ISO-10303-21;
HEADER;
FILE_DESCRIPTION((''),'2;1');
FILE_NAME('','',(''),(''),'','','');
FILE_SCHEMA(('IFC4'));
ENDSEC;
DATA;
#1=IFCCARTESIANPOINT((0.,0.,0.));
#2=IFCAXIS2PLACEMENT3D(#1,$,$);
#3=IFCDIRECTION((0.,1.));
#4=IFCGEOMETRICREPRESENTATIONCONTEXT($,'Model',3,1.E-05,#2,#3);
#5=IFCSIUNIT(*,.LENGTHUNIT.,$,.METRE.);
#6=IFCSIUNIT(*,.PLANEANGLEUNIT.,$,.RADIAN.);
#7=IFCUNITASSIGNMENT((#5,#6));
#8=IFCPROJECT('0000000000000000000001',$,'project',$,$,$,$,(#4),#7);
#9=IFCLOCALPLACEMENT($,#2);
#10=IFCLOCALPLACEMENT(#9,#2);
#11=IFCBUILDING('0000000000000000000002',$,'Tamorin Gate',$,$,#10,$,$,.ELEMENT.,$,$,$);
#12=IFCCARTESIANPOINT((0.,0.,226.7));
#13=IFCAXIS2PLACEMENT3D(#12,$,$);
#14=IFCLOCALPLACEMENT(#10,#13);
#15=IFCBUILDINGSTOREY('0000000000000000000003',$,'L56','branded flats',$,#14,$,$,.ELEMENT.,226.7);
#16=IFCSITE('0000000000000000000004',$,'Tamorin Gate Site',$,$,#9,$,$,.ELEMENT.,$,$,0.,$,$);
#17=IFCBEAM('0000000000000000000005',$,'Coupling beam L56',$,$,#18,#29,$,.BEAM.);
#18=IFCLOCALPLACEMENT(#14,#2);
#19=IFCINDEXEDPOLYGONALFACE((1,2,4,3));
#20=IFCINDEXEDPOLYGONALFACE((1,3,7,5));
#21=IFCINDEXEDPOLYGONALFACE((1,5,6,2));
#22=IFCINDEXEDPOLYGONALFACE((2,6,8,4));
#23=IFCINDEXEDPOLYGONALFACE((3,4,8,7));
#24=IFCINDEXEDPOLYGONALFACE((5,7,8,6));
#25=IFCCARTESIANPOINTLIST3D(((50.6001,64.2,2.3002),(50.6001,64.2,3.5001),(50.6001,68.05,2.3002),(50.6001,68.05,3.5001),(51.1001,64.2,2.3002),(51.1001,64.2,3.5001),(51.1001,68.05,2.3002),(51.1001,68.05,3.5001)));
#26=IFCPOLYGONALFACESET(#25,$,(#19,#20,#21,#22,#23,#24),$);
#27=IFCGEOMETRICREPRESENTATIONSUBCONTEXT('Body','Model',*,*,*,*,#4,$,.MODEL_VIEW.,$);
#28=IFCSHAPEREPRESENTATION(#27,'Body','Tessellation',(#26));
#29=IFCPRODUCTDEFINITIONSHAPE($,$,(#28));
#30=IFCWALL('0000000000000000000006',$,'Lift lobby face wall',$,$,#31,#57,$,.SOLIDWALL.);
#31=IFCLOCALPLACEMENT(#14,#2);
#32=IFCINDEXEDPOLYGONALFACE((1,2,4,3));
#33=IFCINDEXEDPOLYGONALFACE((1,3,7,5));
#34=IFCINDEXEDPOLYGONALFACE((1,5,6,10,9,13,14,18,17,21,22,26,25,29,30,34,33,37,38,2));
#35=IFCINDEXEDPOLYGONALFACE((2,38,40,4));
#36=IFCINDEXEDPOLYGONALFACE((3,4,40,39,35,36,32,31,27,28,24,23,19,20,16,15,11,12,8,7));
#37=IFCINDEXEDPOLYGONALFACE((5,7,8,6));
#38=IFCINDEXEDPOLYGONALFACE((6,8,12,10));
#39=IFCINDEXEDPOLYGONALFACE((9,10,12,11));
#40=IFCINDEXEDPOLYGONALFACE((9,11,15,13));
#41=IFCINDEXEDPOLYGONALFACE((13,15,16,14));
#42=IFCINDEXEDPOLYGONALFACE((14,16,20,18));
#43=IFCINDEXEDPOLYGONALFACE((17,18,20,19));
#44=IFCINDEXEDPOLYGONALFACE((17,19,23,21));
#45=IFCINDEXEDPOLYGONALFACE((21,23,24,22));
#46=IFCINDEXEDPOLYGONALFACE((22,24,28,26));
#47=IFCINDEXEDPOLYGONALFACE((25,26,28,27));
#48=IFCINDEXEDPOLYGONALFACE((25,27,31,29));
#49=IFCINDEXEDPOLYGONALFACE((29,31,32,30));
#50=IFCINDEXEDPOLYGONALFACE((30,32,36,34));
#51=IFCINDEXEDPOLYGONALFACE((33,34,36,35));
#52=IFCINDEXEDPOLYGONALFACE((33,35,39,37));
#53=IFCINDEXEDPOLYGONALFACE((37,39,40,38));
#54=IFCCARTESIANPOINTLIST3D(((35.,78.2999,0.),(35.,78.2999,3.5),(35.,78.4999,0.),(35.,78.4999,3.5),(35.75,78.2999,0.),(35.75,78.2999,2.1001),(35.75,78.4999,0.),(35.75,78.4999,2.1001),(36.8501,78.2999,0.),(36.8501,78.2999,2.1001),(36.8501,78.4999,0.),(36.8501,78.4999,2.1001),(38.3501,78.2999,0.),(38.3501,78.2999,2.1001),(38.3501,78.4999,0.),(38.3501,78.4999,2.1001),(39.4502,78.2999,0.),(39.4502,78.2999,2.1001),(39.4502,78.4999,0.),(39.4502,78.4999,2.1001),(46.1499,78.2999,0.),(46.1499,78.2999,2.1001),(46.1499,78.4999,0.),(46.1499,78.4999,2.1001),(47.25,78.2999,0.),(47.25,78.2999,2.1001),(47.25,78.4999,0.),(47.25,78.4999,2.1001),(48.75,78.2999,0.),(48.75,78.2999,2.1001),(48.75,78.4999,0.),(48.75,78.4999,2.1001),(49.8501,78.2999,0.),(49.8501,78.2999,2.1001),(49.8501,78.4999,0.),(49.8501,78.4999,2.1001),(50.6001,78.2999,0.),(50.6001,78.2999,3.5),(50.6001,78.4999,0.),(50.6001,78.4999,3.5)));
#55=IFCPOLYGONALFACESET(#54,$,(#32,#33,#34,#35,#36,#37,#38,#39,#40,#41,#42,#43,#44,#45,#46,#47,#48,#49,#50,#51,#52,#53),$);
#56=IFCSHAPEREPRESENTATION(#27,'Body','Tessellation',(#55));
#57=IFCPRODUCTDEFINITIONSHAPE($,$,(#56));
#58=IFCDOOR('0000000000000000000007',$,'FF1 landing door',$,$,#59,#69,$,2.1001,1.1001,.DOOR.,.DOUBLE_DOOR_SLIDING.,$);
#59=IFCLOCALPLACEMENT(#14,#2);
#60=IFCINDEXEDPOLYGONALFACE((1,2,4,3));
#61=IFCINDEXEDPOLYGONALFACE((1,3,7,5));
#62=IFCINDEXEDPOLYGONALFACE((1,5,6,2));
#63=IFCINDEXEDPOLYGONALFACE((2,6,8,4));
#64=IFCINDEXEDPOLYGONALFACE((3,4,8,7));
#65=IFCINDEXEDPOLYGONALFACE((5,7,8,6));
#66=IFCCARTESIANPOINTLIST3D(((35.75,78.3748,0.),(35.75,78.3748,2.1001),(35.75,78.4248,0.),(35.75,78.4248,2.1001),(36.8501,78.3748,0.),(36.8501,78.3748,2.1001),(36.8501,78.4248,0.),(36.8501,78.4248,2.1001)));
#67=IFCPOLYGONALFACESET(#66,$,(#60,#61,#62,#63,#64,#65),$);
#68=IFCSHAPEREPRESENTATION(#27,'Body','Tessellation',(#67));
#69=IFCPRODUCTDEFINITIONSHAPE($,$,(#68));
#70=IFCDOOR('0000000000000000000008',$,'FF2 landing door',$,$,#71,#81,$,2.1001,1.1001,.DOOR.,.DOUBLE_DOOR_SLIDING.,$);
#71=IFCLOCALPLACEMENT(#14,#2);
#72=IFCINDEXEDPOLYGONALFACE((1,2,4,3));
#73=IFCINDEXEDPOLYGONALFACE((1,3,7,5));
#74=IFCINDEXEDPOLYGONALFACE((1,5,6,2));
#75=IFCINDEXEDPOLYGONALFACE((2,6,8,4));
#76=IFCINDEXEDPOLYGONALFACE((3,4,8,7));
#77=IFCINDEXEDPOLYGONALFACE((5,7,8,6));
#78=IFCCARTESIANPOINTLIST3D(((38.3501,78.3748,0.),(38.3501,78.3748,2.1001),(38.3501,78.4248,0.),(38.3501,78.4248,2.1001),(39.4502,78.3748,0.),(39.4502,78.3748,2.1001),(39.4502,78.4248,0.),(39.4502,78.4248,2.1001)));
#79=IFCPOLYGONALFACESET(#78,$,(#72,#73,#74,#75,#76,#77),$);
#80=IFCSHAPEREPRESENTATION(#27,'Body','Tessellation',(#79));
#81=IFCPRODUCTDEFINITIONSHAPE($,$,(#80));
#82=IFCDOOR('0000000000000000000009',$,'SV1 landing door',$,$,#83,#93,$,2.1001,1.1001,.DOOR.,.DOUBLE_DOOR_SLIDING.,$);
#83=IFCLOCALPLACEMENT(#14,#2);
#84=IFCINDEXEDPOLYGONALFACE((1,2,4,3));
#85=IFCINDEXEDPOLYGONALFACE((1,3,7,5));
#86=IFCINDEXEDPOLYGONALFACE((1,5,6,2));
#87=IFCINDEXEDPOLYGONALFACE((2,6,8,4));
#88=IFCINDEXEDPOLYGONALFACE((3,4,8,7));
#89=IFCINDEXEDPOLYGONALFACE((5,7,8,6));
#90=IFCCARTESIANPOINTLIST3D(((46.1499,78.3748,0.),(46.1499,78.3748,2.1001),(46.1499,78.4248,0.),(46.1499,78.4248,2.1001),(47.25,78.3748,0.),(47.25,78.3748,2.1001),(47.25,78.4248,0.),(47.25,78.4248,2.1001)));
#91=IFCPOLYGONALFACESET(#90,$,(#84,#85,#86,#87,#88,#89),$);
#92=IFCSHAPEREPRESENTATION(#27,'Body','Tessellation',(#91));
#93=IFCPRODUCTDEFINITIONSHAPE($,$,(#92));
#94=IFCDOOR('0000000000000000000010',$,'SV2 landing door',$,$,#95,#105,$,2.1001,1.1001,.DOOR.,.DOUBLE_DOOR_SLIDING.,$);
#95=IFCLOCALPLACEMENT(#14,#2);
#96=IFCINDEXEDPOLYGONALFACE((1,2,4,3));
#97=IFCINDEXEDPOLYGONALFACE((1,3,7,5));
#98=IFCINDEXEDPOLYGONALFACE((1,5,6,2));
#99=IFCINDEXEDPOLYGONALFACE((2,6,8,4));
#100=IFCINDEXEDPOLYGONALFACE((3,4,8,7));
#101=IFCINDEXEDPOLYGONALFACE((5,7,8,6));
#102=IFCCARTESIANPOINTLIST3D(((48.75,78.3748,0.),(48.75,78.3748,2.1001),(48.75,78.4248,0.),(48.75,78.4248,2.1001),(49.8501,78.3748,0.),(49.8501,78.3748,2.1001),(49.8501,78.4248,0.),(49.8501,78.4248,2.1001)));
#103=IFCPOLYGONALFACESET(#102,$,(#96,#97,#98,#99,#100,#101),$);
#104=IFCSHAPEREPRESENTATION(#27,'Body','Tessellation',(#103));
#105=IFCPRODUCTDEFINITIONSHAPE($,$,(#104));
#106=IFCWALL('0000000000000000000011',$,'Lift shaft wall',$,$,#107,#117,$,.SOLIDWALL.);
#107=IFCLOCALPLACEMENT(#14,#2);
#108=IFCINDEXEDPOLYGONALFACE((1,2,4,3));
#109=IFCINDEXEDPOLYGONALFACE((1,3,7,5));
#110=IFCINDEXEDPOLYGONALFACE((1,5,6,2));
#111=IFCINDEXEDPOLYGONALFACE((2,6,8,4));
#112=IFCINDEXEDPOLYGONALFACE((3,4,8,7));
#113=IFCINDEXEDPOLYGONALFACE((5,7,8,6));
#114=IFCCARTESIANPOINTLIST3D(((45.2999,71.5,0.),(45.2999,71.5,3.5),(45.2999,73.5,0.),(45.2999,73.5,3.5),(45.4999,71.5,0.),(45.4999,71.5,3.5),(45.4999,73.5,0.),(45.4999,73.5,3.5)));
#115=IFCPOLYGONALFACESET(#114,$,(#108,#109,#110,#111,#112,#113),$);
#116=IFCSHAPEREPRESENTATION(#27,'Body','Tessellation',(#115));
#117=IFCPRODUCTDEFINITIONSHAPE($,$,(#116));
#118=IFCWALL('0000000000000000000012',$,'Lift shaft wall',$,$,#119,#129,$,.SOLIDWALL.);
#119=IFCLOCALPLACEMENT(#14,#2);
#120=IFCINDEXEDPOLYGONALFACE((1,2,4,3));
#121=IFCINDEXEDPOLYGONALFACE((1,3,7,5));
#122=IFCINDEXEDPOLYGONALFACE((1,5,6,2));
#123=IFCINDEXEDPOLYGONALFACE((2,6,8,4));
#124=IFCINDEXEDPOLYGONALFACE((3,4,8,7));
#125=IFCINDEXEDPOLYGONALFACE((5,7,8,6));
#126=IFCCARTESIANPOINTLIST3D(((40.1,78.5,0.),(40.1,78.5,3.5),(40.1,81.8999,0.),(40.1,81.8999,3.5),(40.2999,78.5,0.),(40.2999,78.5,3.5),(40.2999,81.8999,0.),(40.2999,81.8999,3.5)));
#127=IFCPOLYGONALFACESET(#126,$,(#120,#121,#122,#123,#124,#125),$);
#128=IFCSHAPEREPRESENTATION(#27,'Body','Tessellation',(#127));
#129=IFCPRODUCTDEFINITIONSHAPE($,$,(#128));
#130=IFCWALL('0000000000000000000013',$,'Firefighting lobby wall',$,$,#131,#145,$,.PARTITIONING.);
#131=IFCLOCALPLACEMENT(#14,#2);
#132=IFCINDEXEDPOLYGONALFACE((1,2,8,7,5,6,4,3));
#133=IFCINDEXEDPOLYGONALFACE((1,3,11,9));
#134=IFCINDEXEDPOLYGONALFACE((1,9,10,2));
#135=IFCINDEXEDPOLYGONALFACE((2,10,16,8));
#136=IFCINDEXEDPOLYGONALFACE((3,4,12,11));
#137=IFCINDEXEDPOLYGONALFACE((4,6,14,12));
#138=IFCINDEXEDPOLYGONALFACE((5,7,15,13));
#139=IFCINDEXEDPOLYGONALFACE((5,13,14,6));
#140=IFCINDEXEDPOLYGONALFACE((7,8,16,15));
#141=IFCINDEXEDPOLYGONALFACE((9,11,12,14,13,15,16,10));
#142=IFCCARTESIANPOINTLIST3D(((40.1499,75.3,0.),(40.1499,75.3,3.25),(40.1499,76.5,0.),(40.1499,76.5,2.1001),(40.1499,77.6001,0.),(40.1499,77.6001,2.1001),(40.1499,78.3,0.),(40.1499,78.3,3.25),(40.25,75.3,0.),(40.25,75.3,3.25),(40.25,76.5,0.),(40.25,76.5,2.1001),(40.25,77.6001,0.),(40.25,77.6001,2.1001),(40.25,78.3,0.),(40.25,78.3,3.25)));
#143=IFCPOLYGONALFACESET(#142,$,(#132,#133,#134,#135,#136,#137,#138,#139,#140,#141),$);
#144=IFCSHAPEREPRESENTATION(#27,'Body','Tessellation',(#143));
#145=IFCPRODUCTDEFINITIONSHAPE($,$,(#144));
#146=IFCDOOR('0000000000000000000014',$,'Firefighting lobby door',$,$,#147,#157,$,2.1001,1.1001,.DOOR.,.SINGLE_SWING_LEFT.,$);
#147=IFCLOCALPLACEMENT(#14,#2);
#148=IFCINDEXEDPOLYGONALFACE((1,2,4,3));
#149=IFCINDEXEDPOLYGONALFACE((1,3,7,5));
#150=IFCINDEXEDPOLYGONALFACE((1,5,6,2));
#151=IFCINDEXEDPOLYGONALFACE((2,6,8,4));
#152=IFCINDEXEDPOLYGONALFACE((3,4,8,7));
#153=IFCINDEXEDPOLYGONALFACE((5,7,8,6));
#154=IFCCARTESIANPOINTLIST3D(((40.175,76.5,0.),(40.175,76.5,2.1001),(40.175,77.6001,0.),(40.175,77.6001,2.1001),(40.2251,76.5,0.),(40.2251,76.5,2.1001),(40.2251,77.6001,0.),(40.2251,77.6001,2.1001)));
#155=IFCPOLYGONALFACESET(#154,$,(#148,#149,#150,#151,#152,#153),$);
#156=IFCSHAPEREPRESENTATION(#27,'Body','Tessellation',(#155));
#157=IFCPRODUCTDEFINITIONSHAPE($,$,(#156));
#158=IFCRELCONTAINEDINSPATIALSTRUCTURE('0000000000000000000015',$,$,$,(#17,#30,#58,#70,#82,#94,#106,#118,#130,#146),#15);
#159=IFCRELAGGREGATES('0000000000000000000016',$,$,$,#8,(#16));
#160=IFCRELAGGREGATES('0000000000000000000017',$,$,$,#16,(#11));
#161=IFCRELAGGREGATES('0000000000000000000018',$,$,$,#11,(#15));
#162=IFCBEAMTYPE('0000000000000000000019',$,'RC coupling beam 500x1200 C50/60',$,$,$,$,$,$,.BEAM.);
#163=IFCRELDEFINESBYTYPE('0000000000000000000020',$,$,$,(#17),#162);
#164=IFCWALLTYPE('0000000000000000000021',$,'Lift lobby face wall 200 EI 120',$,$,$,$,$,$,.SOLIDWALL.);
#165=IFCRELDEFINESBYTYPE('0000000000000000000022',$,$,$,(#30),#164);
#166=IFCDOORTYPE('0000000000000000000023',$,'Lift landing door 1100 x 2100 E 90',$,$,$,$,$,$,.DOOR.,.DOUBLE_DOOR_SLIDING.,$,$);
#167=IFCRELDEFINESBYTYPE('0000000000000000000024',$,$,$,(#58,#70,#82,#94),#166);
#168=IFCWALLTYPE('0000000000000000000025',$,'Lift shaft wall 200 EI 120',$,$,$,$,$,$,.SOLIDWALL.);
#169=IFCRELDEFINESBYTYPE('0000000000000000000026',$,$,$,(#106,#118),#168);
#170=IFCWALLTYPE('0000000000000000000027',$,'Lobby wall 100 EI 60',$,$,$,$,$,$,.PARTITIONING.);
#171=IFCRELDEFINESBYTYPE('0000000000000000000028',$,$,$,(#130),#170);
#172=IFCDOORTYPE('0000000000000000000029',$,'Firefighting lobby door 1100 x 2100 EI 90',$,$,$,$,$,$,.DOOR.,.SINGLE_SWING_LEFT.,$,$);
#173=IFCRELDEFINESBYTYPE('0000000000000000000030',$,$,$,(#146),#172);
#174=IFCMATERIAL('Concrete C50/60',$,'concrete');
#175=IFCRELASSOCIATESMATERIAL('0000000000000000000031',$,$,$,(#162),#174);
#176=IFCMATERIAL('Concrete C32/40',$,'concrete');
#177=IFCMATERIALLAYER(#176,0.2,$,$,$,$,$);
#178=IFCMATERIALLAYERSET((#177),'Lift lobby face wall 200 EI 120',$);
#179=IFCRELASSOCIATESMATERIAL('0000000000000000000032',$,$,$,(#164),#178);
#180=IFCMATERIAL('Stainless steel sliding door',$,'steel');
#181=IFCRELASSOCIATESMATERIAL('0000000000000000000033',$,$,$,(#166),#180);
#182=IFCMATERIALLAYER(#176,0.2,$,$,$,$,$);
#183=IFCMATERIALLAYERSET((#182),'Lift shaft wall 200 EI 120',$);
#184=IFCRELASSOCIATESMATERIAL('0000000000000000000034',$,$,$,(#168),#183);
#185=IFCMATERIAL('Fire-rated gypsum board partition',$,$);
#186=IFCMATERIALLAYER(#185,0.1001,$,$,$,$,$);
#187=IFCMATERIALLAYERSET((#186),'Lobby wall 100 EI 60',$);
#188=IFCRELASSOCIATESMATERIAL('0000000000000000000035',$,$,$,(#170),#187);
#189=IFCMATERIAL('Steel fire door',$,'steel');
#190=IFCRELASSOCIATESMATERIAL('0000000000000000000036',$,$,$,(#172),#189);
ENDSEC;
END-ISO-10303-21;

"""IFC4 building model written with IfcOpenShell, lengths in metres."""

from ifc_helpers import new_model, si_unit, direction, frame, frame_2d, origin, origin_2d, place, context, subcontext, project, spatial, rectangle, extrude, material, layer, layer_set, material_profile, profile_set, type_object, element, fill, save


model = new_model("IFC4")

# Units and contexts
model_context = context("Model", 3, precision=1e-05, world=origin(), true_north=direction((0.0, 1.0)))
body_context = subcontext(model_context, "Body", "Model", "MODEL_VIEW")
ifc_project = project(units=[si_unit("LENGTHUNIT", "METRE"), si_unit("PLANEANGLEUNIT", "RADIAN")], contexts=[model_context])

# Site, building, storey
site_placement = place(None, origin())
site = spatial("IfcSite", under=ifc_project, at=site_placement, Name="Tamorin Gate Site", CompositionType="ELEMENT", RefElevation=0.0)
building_placement = place(site_placement, origin())
building = spatial("IfcBuilding", under=site, at=building_placement, Name="Tamorin Gate", CompositionType="ELEMENT")
storey_placement = place(building_placement, frame((0.0, 0.0, 226.7)))
storey = spatial("IfcBuildingStorey", under=building, at=storey_placement, Name="L56", Description="branded flats", CompositionType="ELEMENT", Elevation=226.7)

# Beam
ifc_material_1 = material(Name="Concrete C50/60", Category="concrete")
ifc_material_profile = material_profile(ifc_material_1, rectangle(XDim=0.5, YDim=1.2, at=origin_2d()), Name="RC 500x1200")
ifc_profile_set = profile_set([ifc_material_profile], Name="Concrete C50/60")
beam_type = type_object("IfcBeamType", Name="RC coupling beam 500x1200 C50/60", PredefinedType="BEAM", material=ifc_profile_set)
beam_placement = place(storey_placement, frame((50.8501, 64.2, 2.9001), z_axis=(0.0, 1.0, 0.0), x_axis=(-1.0, 0.0, 0.0)))
element("IfcBeam", 1, at=beam_placement, inside=storey, type_object=beam_type, Name="Coupling beam L56", PredefinedType="BEAM", context=body_context, shape_type="SweptSolid", body=[
    extrude(rectangle(XDim=0.5, YDim=1.2, at=origin_2d()), origin(), (0.0, 0.0, 1.0), 3.8501),
])

# Wall, openings, doors
ifc_material_2 = material(Name="Concrete C32/40", Category="concrete")
ifc_layer_1 = layer(ifc_material_2, 0.2)
ifc_layer_set_1 = layer_set([ifc_layer_1], Name="Lift lobby face wall 200 EI 120")
wall_type_1 = type_object("IfcWallType", Name="Lift lobby face wall 200 EI 120", PredefinedType="SOLIDWALL", material=ifc_layer_set_1)
wall_1_placement = place(storey_placement, frame((35.0, 78.3999, 0.0), z_axis=(0.0, 0.0, 1.0), x_axis=(1.0, 0.0, 0.0)))
wall_1 = element("IfcWall", 2, at=wall_1_placement, inside=storey, type_object=wall_type_1, Name="Lift lobby face wall", PredefinedType="SOLIDWALL", context=body_context, shape_type="SweptSolid", body=[
    extrude(rectangle(XDim=15.6001, YDim=0.2, at=frame_2d((7.8, 0.0))), origin(), (0.0, 0.0, 1.0), 3.5),
])
opening_1_placement = place(wall_1_placement, frame((0.75, 0.0, 0.0)))
opening_1 = element("IfcOpeningElement", 3, at=opening_1_placement, cuts=wall_1, PredefinedType="OPENING", context=body_context, shape_type="SweptSolid", body=[
    extrude(rectangle(XDim=1.1001, YDim=2.1001, at=frame_2d((0.55, 1.05))), frame((0.0, 0.1099, 0.0), z_axis=(0.0, -1.0, 0.0), x_axis=(1.0, 0.0, 0.0)), (0.0, 0.0, 1.0), 0.22),
])
opening_2_placement = place(wall_1_placement, frame((3.3501, 0.0, 0.0)))
opening_2 = element("IfcOpeningElement", 4, at=opening_2_placement, cuts=wall_1, PredefinedType="OPENING", context=body_context, shape_type="SweptSolid", body=[
    extrude(rectangle(XDim=1.1001, YDim=2.1001, at=frame_2d((0.55, 1.05))), frame((0.0, 0.1099, 0.0), z_axis=(0.0, -1.0, 0.0), x_axis=(1.0, 0.0, 0.0)), (0.0, 0.0, 1.0), 0.22),
])
opening_3_placement = place(wall_1_placement, frame((11.1499, 0.0, 0.0)))
opening_3 = element("IfcOpeningElement", 5, at=opening_3_placement, cuts=wall_1, PredefinedType="OPENING", context=body_context, shape_type="SweptSolid", body=[
    extrude(rectangle(XDim=1.1001, YDim=2.1001, at=frame_2d((0.55, 1.05))), frame((0.0, 0.1099, 0.0), z_axis=(0.0, -1.0, 0.0), x_axis=(1.0, 0.0, 0.0)), (0.0, 0.0, 1.0), 0.22),
])
opening_4_placement = place(wall_1_placement, frame((13.75, 0.0, 0.0)))
opening_4 = element("IfcOpeningElement", 6, at=opening_4_placement, cuts=wall_1, PredefinedType="OPENING", context=body_context, shape_type="SweptSolid", body=[
    extrude(rectangle(XDim=1.1001, YDim=2.1001, at=frame_2d((0.55, 1.05))), frame((0.0, 0.1099, 0.0), z_axis=(0.0, -1.0, 0.0), x_axis=(1.0, 0.0, 0.0)), (0.0, 0.0, 1.0), 0.22),
])
ifc_material_3 = material(Name="Stainless steel sliding door", Category="steel")
door_type_1 = type_object("IfcDoorType", Name="Lift landing door 1100 x 2100 E 90", OperationType="DOUBLE_DOOR_SLIDING", PredefinedType="DOOR", material=ifc_material_3)
door_1_placement = place(opening_1_placement, origin())
door_1 = element("IfcDoor", 7, at=door_1_placement, inside=storey, type_object=door_type_1, Name="FF1 landing door", OperationType="DOUBLE_DOOR_SLIDING", OverallHeight=2.1001, OverallWidth=1.1001, PredefinedType="DOOR", context=body_context, shape_type="SweptSolid", body=[
    extrude(rectangle(XDim=1.1001, YDim=2.1001, at=frame_2d((0.55, 1.05))), frame((0.0, 0.0249, 0.0), z_axis=(0.0, -1.0, 0.0), x_axis=(1.0, 0.0, 0.0)), (0.0, 0.0, 1.0), 0.05),
])
fill(opening_1, door_1)
door_2_placement = place(opening_2_placement, origin())
door_2 = element("IfcDoor", 8, at=door_2_placement, inside=storey, type_object=door_type_1, Name="FF2 landing door", OperationType="DOUBLE_DOOR_SLIDING", OverallHeight=2.1001, OverallWidth=1.1001, PredefinedType="DOOR", context=body_context, shape_type="SweptSolid", body=[
    extrude(rectangle(XDim=1.1001, YDim=2.1001, at=frame_2d((0.55, 1.05))), frame((0.0, 0.0249, 0.0), z_axis=(0.0, -1.0, 0.0), x_axis=(1.0, 0.0, 0.0)), (0.0, 0.0, 1.0), 0.05),
])
fill(opening_2, door_2)
door_3_placement = place(opening_3_placement, origin())
door_3 = element("IfcDoor", 9, at=door_3_placement, inside=storey, type_object=door_type_1, Name="SV1 landing door", OperationType="DOUBLE_DOOR_SLIDING", OverallHeight=2.1001, OverallWidth=1.1001, PredefinedType="DOOR", context=body_context, shape_type="SweptSolid", body=[
    extrude(rectangle(XDim=1.1001, YDim=2.1001, at=frame_2d((0.55, 1.05))), frame((0.0, 0.0249, 0.0), z_axis=(0.0, -1.0, 0.0), x_axis=(1.0, 0.0, 0.0)), (0.0, 0.0, 1.0), 0.05),
])
fill(opening_3, door_3)
door_4_placement = place(opening_4_placement, origin())
door_4 = element("IfcDoor", 10, at=door_4_placement, inside=storey, type_object=door_type_1, Name="SV2 landing door", OperationType="DOUBLE_DOOR_SLIDING", OverallHeight=2.1001, OverallWidth=1.1001, PredefinedType="DOOR", context=body_context, shape_type="SweptSolid", body=[
    extrude(rectangle(XDim=1.1001, YDim=2.1001, at=frame_2d((0.55, 1.05))), frame((0.0, 0.0249, 0.0), z_axis=(0.0, -1.0, 0.0), x_axis=(1.0, 0.0, 0.0)), (0.0, 0.0, 1.0), 0.05),
])
fill(opening_4, door_4)

# Walls
ifc_layer_2 = layer(ifc_material_2, 0.2)
ifc_layer_set_2 = layer_set([ifc_layer_2], Name="Lift shaft wall 200 EI 120")
wall_type_2 = type_object("IfcWallType", Name="Lift shaft wall 200 EI 120", PredefinedType="SOLIDWALL", material=ifc_layer_set_2)
wall_2_placement = place(storey_placement, frame((45.3999, 71.5, 0.0), z_axis=(0.0, 0.0, 1.0), x_axis=(0.0, 1.0, 0.0)))
element("IfcWall", 11, at=wall_2_placement, inside=storey, type_object=wall_type_2, Name="Lift shaft wall", PredefinedType="SOLIDWALL", context=body_context, shape_type="SweptSolid", body=[
    extrude(rectangle(XDim=2.0, YDim=0.2, at=frame_2d((1.0, 0.0))), origin(), (0.0, 0.0, 1.0), 3.5),
])
wall_3_placement = place(storey_placement, frame((40.2, 78.5, 0.0), z_axis=(0.0, 0.0, 1.0), x_axis=(0.0, 1.0, 0.0)))
element("IfcWall", 12, at=wall_3_placement, inside=storey, type_object=wall_type_2, Name="Lift shaft wall", PredefinedType="SOLIDWALL", context=body_context, shape_type="SweptSolid", body=[
    extrude(rectangle(XDim=3.3999, YDim=0.2, at=frame_2d((1.7, 0.0))), origin(), (0.0, 0.0, 1.0), 3.5),
])

# Wall, opening, door
ifc_material_4 = material(Name="Fire-rated gypsum board partition")
ifc_layer_3 = layer(ifc_material_4, 0.1001)
ifc_layer_set_3 = layer_set([ifc_layer_3], Name="Lobby wall 100 EI 60")
wall_type_3 = type_object("IfcWallType", Name="Lobby wall 100 EI 60", PredefinedType="PARTITIONING", material=ifc_layer_set_3)
wall_4_placement = place(storey_placement, frame((40.2, 75.3, 0.0), z_axis=(0.0, 0.0, 1.0), x_axis=(0.0, 1.0, 0.0)))
wall_4 = element("IfcWall", 13, at=wall_4_placement, inside=storey, type_object=wall_type_3, Name="Firefighting lobby wall", PredefinedType="PARTITIONING", context=body_context, shape_type="SweptSolid", body=[
    extrude(rectangle(XDim=3.0, YDim=0.1001, at=frame_2d((1.5, 0.0))), origin(), (0.0, 0.0, 1.0), 3.25),
])
opening_5_placement = place(wall_4_placement, frame((1.2, 0.0, 0.0)))
opening_5 = element("IfcOpeningElement", 14, at=opening_5_placement, cuts=wall_4, PredefinedType="OPENING", context=body_context, shape_type="SweptSolid", body=[
    extrude(rectangle(XDim=1.1001, YDim=2.1001, at=frame_2d((0.55, 1.05))), frame((0.0, 0.0601, 0.0), z_axis=(0.0, -1.0, 0.0), x_axis=(1.0, 0.0, 0.0)), (0.0, 0.0, 1.0), 0.1201),
])
ifc_material_5 = material(Name="Steel fire door", Category="steel")
door_type_2 = type_object("IfcDoorType", Name="Firefighting lobby door 1100 x 2100 EI 90", OperationType="SINGLE_SWING_LEFT", PredefinedType="DOOR", material=ifc_material_5)
door_5_placement = place(opening_5_placement, origin())
door_5 = element("IfcDoor", 15, at=door_5_placement, inside=storey, type_object=door_type_2, Name="Firefighting lobby door", OperationType="SINGLE_SWING_LEFT", OverallHeight=2.1001, OverallWidth=1.1001, PredefinedType="DOOR", context=body_context, shape_type="SweptSolid", body=[
    extrude(rectangle(XDim=1.1001, YDim=2.1001, at=frame_2d((0.55, 1.05))), frame((0.0, 0.0249, 0.0), z_axis=(0.0, -1.0, 0.0), x_axis=(1.0, 0.0, 0.0)), (0.0, 0.0, 1.0), 0.05),
])
fill(opening_5, door_5)

save(model, "model.ifc")
